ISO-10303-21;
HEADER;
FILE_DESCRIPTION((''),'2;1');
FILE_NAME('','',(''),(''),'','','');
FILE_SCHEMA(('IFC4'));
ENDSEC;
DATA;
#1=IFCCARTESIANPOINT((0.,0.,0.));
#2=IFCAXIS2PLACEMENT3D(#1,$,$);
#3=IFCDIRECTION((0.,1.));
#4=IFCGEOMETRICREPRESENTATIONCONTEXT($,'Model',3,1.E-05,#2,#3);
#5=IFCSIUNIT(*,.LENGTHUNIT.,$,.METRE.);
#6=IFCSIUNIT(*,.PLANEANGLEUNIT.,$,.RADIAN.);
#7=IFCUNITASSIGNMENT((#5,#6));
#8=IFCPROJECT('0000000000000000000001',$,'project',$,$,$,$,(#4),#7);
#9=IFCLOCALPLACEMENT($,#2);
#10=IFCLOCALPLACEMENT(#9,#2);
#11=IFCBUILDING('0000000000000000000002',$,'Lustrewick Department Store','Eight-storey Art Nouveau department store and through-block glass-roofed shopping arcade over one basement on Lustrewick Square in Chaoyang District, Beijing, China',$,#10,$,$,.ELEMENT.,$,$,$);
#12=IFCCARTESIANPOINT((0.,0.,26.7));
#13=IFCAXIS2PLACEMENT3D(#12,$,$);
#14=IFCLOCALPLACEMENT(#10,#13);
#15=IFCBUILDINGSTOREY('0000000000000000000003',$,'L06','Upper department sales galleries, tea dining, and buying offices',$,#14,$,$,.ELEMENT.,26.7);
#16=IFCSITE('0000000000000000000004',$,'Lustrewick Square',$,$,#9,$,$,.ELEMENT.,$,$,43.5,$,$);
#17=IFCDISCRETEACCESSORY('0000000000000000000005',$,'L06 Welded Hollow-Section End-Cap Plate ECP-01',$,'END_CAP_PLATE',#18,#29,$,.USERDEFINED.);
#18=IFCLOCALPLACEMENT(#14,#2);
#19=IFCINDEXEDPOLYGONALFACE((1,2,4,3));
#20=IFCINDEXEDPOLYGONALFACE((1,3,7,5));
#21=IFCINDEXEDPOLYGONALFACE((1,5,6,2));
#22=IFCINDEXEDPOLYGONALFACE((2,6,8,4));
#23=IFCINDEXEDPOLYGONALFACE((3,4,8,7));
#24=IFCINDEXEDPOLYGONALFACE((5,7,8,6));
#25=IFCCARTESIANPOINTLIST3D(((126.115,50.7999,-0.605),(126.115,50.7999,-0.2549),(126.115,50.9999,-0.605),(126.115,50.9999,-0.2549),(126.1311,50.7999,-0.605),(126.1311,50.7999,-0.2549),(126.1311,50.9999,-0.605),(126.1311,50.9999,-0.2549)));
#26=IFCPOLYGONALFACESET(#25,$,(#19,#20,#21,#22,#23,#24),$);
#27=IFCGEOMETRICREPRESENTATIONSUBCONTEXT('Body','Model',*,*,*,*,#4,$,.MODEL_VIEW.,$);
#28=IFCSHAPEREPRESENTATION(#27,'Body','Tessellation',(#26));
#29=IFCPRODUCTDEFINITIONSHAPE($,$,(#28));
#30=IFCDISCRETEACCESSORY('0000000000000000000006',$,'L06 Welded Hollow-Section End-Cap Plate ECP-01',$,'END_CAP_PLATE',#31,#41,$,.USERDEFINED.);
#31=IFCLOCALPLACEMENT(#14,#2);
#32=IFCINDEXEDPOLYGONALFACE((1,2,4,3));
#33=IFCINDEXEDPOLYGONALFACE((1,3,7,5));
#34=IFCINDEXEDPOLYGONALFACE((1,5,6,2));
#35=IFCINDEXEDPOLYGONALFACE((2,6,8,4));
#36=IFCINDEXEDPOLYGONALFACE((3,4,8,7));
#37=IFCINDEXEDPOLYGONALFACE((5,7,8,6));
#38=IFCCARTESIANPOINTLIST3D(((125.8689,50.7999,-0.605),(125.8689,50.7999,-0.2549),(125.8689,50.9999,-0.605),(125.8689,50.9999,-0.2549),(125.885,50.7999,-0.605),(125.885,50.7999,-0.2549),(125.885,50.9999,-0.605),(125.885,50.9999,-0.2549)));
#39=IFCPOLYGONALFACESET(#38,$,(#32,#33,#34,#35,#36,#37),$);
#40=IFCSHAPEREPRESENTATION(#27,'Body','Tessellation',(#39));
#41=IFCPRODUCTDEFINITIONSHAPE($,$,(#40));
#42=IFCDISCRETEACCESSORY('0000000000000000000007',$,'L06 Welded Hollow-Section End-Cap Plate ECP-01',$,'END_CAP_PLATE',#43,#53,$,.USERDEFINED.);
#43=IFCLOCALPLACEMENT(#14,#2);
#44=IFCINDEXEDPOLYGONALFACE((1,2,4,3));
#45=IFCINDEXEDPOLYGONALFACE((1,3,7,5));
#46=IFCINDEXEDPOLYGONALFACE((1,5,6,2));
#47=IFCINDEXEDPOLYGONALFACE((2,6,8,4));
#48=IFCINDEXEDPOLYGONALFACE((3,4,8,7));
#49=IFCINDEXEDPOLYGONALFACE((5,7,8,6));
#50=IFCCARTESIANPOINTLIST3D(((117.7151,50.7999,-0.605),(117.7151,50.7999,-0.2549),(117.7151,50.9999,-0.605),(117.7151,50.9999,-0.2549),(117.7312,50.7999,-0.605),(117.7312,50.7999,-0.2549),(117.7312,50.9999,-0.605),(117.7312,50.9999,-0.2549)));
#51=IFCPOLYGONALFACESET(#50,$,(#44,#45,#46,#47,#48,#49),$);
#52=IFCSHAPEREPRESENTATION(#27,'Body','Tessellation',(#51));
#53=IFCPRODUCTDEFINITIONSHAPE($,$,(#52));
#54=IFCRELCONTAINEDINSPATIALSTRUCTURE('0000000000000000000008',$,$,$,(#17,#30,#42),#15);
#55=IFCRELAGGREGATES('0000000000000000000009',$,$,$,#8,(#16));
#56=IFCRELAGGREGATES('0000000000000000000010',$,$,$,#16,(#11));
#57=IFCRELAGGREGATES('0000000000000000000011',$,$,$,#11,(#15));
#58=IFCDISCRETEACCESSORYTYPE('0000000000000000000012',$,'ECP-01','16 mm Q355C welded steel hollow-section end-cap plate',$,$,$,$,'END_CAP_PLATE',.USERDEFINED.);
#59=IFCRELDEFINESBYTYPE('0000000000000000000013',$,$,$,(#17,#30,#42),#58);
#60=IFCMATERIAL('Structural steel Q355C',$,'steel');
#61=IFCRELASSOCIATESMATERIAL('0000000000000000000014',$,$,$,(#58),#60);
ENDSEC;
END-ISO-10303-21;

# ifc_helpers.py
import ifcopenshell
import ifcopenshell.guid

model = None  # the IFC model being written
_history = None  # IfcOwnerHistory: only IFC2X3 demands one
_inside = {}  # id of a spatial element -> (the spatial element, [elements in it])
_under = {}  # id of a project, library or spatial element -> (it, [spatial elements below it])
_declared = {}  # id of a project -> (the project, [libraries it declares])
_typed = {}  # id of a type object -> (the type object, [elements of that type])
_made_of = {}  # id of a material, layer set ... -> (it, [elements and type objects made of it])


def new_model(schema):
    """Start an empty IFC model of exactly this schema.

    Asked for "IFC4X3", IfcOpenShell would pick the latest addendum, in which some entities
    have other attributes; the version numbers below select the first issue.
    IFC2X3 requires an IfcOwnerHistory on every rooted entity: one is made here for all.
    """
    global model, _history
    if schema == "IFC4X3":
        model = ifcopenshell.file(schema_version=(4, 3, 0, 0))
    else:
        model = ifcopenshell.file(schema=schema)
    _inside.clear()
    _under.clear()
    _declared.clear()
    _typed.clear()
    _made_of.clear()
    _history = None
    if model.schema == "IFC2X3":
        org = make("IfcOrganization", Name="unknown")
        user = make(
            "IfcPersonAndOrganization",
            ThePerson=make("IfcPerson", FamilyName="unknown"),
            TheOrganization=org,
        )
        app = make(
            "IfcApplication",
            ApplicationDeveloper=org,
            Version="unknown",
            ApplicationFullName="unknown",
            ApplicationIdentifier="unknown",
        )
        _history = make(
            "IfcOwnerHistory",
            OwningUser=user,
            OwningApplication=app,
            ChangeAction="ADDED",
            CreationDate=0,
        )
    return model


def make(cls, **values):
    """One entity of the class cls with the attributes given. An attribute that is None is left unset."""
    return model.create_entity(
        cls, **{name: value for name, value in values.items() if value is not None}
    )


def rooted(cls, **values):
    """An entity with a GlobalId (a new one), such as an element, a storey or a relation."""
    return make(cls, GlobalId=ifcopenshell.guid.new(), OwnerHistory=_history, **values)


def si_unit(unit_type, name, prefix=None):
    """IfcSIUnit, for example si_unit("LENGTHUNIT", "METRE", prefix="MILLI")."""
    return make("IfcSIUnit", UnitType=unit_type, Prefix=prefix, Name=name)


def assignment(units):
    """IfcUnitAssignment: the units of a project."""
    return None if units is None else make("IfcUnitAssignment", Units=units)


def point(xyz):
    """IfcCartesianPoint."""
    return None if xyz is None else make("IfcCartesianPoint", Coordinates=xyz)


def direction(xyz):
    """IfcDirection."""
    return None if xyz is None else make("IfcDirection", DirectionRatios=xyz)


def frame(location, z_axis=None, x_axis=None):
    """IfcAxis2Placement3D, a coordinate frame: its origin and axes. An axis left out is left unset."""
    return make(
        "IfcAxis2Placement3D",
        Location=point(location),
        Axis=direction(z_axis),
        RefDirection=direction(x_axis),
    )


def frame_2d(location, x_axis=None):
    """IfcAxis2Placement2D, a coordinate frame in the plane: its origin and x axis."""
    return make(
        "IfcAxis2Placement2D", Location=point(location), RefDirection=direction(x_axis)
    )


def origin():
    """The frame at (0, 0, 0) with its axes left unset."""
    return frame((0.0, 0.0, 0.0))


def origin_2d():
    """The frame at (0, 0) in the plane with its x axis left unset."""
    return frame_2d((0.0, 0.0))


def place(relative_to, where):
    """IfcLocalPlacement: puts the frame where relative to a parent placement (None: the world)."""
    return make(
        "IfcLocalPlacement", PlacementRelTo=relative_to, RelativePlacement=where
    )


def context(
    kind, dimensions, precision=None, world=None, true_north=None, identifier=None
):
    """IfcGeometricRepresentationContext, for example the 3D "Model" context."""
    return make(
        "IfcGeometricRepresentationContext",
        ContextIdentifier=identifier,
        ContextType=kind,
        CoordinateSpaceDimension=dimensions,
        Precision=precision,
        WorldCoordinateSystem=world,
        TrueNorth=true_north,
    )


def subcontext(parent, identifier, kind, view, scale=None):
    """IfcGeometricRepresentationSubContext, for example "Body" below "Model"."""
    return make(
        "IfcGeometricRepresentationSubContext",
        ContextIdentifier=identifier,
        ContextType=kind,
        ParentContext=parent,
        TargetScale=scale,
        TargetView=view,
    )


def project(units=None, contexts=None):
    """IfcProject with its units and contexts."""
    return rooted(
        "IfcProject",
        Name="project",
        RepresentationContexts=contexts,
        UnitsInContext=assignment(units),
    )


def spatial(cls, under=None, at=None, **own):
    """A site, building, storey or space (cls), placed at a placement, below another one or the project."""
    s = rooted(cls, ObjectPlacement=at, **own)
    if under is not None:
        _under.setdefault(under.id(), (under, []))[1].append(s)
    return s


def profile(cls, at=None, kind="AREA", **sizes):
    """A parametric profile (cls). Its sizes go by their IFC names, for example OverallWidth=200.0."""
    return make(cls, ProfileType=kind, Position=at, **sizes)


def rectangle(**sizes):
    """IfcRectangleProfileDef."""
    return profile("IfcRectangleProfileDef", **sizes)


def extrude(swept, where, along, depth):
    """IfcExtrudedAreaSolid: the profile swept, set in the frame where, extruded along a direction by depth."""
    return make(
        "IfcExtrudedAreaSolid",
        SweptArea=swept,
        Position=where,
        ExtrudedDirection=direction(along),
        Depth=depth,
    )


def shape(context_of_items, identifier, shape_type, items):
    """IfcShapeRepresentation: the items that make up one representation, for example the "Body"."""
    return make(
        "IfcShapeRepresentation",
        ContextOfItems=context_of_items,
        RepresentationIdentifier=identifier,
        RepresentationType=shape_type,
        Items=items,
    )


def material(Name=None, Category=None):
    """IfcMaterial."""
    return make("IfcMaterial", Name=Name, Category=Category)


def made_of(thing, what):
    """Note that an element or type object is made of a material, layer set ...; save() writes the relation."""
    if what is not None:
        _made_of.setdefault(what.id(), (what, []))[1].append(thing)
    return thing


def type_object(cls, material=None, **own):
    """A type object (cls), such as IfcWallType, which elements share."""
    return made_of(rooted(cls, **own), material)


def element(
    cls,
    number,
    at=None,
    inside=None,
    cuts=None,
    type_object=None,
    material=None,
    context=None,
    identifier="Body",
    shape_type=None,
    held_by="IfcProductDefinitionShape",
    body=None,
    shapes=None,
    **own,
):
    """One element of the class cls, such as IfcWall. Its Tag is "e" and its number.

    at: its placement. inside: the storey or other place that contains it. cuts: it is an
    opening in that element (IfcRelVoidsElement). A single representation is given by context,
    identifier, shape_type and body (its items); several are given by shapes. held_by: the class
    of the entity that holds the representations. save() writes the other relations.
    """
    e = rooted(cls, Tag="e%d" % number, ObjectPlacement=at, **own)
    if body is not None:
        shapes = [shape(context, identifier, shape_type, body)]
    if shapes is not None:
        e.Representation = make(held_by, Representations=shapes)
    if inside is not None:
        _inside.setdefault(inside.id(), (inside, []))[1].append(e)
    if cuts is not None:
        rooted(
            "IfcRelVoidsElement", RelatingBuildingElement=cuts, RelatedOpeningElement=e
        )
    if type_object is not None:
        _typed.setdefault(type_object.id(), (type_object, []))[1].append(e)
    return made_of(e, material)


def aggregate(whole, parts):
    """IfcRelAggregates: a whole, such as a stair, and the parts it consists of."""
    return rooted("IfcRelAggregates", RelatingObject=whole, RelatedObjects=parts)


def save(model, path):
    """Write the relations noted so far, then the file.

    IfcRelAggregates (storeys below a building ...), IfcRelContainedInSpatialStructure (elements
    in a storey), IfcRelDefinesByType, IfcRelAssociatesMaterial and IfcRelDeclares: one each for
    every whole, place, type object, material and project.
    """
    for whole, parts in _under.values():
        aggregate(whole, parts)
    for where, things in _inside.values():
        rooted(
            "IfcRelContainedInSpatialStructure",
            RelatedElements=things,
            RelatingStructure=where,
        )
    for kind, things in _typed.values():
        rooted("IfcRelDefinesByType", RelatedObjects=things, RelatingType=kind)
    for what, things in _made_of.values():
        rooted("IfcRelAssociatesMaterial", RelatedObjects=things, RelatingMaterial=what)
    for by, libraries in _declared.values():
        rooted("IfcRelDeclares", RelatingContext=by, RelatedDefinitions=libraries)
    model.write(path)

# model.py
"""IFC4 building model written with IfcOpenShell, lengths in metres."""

from ifc_helpers import new_model, si_unit, direction, frame, origin, origin_2d, place, context, subcontext, project, spatial, rectangle, extrude, material, type_object, element, save


model = new_model("IFC4")

# Units and contexts
model_context = context("Model", 3, precision=1e-05, world=origin(), true_north=direction((0.0, 1.0)))
body_context = subcontext(model_context, "Body", "Model", "MODEL_VIEW")
ifc_project = project(units=[si_unit("LENGTHUNIT", "METRE"), si_unit("PLANEANGLEUNIT", "RADIAN")], contexts=[model_context])

# Site, building, storey
site_placement = place(None, origin())
site = spatial("IfcSite", under=ifc_project, at=site_placement, Name="Lustrewick Square", CompositionType="ELEMENT", RefElevation=43.5)
building_placement = place(site_placement, origin())
building = spatial("IfcBuilding", under=site, at=building_placement, Name="Lustrewick Department Store", Description="Eight-storey Art Nouveau department store and through-block glass-roofed shopping arcade over one basement on Lustrewick Square in Chaoyang District, Beijing, China", CompositionType="ELEMENT")
storey_placement = place(building_placement, frame((0.0, 0.0, 26.7)))
storey = spatial("IfcBuildingStorey", under=building, at=storey_placement, Name="L06", Description="Upper department sales galleries, tea dining, and buying offices", CompositionType="ELEMENT", Elevation=26.7)

# Shared definitions
ifc_material_1 = material(Name="Structural steel Q355C", Category="steel")

# Discrete accessories
discrete_accessory_type = type_object("IfcDiscreteAccessoryType", Name="ECP-01", Description="16 mm Q355C welded steel hollow-section end-cap plate", ElementType="END_CAP_PLATE", PredefinedType="USERDEFINED", material=ifc_material_1)
for number, where, z_axis, x_axis, name in (
    (1, (126.1311, 50.8999, -0.4299), (-1.0, 0.0, 0.0), (0.0, 1.0, 0.0), "L06 Welded Hollow-Section End-Cap Plate ECP-01"),
    (2, (125.8689, 50.8999, -0.4299), (1.0, 0.0, 0.0), (0.0, 1.0, 0.0), "L06 Welded Hollow-Section End-Cap Plate ECP-01"),
    (3, (117.7312, 50.8999, -0.4299), (-1.0, 0.0, 0.0), (0.0, 1.0, 0.0), "L06 Welded Hollow-Section End-Cap Plate ECP-01"),
):
    element("IfcDiscreteAccessory", number, at=place(storey_placement, frame(where, z_axis=z_axis, x_axis=x_axis)), inside=storey, type_object=discrete_accessory_type, Name=name, ObjectType="END_CAP_PLATE", PredefinedType="USERDEFINED", context=body_context, shape_type="SweptSolid", body=[
        extrude(rectangle(XDim=0.2, YDim=0.3501, at=origin_2d()), origin(), (0.0, 0.0, 1.0), 0.0161),
    ])

save(model, "model.ifc")
